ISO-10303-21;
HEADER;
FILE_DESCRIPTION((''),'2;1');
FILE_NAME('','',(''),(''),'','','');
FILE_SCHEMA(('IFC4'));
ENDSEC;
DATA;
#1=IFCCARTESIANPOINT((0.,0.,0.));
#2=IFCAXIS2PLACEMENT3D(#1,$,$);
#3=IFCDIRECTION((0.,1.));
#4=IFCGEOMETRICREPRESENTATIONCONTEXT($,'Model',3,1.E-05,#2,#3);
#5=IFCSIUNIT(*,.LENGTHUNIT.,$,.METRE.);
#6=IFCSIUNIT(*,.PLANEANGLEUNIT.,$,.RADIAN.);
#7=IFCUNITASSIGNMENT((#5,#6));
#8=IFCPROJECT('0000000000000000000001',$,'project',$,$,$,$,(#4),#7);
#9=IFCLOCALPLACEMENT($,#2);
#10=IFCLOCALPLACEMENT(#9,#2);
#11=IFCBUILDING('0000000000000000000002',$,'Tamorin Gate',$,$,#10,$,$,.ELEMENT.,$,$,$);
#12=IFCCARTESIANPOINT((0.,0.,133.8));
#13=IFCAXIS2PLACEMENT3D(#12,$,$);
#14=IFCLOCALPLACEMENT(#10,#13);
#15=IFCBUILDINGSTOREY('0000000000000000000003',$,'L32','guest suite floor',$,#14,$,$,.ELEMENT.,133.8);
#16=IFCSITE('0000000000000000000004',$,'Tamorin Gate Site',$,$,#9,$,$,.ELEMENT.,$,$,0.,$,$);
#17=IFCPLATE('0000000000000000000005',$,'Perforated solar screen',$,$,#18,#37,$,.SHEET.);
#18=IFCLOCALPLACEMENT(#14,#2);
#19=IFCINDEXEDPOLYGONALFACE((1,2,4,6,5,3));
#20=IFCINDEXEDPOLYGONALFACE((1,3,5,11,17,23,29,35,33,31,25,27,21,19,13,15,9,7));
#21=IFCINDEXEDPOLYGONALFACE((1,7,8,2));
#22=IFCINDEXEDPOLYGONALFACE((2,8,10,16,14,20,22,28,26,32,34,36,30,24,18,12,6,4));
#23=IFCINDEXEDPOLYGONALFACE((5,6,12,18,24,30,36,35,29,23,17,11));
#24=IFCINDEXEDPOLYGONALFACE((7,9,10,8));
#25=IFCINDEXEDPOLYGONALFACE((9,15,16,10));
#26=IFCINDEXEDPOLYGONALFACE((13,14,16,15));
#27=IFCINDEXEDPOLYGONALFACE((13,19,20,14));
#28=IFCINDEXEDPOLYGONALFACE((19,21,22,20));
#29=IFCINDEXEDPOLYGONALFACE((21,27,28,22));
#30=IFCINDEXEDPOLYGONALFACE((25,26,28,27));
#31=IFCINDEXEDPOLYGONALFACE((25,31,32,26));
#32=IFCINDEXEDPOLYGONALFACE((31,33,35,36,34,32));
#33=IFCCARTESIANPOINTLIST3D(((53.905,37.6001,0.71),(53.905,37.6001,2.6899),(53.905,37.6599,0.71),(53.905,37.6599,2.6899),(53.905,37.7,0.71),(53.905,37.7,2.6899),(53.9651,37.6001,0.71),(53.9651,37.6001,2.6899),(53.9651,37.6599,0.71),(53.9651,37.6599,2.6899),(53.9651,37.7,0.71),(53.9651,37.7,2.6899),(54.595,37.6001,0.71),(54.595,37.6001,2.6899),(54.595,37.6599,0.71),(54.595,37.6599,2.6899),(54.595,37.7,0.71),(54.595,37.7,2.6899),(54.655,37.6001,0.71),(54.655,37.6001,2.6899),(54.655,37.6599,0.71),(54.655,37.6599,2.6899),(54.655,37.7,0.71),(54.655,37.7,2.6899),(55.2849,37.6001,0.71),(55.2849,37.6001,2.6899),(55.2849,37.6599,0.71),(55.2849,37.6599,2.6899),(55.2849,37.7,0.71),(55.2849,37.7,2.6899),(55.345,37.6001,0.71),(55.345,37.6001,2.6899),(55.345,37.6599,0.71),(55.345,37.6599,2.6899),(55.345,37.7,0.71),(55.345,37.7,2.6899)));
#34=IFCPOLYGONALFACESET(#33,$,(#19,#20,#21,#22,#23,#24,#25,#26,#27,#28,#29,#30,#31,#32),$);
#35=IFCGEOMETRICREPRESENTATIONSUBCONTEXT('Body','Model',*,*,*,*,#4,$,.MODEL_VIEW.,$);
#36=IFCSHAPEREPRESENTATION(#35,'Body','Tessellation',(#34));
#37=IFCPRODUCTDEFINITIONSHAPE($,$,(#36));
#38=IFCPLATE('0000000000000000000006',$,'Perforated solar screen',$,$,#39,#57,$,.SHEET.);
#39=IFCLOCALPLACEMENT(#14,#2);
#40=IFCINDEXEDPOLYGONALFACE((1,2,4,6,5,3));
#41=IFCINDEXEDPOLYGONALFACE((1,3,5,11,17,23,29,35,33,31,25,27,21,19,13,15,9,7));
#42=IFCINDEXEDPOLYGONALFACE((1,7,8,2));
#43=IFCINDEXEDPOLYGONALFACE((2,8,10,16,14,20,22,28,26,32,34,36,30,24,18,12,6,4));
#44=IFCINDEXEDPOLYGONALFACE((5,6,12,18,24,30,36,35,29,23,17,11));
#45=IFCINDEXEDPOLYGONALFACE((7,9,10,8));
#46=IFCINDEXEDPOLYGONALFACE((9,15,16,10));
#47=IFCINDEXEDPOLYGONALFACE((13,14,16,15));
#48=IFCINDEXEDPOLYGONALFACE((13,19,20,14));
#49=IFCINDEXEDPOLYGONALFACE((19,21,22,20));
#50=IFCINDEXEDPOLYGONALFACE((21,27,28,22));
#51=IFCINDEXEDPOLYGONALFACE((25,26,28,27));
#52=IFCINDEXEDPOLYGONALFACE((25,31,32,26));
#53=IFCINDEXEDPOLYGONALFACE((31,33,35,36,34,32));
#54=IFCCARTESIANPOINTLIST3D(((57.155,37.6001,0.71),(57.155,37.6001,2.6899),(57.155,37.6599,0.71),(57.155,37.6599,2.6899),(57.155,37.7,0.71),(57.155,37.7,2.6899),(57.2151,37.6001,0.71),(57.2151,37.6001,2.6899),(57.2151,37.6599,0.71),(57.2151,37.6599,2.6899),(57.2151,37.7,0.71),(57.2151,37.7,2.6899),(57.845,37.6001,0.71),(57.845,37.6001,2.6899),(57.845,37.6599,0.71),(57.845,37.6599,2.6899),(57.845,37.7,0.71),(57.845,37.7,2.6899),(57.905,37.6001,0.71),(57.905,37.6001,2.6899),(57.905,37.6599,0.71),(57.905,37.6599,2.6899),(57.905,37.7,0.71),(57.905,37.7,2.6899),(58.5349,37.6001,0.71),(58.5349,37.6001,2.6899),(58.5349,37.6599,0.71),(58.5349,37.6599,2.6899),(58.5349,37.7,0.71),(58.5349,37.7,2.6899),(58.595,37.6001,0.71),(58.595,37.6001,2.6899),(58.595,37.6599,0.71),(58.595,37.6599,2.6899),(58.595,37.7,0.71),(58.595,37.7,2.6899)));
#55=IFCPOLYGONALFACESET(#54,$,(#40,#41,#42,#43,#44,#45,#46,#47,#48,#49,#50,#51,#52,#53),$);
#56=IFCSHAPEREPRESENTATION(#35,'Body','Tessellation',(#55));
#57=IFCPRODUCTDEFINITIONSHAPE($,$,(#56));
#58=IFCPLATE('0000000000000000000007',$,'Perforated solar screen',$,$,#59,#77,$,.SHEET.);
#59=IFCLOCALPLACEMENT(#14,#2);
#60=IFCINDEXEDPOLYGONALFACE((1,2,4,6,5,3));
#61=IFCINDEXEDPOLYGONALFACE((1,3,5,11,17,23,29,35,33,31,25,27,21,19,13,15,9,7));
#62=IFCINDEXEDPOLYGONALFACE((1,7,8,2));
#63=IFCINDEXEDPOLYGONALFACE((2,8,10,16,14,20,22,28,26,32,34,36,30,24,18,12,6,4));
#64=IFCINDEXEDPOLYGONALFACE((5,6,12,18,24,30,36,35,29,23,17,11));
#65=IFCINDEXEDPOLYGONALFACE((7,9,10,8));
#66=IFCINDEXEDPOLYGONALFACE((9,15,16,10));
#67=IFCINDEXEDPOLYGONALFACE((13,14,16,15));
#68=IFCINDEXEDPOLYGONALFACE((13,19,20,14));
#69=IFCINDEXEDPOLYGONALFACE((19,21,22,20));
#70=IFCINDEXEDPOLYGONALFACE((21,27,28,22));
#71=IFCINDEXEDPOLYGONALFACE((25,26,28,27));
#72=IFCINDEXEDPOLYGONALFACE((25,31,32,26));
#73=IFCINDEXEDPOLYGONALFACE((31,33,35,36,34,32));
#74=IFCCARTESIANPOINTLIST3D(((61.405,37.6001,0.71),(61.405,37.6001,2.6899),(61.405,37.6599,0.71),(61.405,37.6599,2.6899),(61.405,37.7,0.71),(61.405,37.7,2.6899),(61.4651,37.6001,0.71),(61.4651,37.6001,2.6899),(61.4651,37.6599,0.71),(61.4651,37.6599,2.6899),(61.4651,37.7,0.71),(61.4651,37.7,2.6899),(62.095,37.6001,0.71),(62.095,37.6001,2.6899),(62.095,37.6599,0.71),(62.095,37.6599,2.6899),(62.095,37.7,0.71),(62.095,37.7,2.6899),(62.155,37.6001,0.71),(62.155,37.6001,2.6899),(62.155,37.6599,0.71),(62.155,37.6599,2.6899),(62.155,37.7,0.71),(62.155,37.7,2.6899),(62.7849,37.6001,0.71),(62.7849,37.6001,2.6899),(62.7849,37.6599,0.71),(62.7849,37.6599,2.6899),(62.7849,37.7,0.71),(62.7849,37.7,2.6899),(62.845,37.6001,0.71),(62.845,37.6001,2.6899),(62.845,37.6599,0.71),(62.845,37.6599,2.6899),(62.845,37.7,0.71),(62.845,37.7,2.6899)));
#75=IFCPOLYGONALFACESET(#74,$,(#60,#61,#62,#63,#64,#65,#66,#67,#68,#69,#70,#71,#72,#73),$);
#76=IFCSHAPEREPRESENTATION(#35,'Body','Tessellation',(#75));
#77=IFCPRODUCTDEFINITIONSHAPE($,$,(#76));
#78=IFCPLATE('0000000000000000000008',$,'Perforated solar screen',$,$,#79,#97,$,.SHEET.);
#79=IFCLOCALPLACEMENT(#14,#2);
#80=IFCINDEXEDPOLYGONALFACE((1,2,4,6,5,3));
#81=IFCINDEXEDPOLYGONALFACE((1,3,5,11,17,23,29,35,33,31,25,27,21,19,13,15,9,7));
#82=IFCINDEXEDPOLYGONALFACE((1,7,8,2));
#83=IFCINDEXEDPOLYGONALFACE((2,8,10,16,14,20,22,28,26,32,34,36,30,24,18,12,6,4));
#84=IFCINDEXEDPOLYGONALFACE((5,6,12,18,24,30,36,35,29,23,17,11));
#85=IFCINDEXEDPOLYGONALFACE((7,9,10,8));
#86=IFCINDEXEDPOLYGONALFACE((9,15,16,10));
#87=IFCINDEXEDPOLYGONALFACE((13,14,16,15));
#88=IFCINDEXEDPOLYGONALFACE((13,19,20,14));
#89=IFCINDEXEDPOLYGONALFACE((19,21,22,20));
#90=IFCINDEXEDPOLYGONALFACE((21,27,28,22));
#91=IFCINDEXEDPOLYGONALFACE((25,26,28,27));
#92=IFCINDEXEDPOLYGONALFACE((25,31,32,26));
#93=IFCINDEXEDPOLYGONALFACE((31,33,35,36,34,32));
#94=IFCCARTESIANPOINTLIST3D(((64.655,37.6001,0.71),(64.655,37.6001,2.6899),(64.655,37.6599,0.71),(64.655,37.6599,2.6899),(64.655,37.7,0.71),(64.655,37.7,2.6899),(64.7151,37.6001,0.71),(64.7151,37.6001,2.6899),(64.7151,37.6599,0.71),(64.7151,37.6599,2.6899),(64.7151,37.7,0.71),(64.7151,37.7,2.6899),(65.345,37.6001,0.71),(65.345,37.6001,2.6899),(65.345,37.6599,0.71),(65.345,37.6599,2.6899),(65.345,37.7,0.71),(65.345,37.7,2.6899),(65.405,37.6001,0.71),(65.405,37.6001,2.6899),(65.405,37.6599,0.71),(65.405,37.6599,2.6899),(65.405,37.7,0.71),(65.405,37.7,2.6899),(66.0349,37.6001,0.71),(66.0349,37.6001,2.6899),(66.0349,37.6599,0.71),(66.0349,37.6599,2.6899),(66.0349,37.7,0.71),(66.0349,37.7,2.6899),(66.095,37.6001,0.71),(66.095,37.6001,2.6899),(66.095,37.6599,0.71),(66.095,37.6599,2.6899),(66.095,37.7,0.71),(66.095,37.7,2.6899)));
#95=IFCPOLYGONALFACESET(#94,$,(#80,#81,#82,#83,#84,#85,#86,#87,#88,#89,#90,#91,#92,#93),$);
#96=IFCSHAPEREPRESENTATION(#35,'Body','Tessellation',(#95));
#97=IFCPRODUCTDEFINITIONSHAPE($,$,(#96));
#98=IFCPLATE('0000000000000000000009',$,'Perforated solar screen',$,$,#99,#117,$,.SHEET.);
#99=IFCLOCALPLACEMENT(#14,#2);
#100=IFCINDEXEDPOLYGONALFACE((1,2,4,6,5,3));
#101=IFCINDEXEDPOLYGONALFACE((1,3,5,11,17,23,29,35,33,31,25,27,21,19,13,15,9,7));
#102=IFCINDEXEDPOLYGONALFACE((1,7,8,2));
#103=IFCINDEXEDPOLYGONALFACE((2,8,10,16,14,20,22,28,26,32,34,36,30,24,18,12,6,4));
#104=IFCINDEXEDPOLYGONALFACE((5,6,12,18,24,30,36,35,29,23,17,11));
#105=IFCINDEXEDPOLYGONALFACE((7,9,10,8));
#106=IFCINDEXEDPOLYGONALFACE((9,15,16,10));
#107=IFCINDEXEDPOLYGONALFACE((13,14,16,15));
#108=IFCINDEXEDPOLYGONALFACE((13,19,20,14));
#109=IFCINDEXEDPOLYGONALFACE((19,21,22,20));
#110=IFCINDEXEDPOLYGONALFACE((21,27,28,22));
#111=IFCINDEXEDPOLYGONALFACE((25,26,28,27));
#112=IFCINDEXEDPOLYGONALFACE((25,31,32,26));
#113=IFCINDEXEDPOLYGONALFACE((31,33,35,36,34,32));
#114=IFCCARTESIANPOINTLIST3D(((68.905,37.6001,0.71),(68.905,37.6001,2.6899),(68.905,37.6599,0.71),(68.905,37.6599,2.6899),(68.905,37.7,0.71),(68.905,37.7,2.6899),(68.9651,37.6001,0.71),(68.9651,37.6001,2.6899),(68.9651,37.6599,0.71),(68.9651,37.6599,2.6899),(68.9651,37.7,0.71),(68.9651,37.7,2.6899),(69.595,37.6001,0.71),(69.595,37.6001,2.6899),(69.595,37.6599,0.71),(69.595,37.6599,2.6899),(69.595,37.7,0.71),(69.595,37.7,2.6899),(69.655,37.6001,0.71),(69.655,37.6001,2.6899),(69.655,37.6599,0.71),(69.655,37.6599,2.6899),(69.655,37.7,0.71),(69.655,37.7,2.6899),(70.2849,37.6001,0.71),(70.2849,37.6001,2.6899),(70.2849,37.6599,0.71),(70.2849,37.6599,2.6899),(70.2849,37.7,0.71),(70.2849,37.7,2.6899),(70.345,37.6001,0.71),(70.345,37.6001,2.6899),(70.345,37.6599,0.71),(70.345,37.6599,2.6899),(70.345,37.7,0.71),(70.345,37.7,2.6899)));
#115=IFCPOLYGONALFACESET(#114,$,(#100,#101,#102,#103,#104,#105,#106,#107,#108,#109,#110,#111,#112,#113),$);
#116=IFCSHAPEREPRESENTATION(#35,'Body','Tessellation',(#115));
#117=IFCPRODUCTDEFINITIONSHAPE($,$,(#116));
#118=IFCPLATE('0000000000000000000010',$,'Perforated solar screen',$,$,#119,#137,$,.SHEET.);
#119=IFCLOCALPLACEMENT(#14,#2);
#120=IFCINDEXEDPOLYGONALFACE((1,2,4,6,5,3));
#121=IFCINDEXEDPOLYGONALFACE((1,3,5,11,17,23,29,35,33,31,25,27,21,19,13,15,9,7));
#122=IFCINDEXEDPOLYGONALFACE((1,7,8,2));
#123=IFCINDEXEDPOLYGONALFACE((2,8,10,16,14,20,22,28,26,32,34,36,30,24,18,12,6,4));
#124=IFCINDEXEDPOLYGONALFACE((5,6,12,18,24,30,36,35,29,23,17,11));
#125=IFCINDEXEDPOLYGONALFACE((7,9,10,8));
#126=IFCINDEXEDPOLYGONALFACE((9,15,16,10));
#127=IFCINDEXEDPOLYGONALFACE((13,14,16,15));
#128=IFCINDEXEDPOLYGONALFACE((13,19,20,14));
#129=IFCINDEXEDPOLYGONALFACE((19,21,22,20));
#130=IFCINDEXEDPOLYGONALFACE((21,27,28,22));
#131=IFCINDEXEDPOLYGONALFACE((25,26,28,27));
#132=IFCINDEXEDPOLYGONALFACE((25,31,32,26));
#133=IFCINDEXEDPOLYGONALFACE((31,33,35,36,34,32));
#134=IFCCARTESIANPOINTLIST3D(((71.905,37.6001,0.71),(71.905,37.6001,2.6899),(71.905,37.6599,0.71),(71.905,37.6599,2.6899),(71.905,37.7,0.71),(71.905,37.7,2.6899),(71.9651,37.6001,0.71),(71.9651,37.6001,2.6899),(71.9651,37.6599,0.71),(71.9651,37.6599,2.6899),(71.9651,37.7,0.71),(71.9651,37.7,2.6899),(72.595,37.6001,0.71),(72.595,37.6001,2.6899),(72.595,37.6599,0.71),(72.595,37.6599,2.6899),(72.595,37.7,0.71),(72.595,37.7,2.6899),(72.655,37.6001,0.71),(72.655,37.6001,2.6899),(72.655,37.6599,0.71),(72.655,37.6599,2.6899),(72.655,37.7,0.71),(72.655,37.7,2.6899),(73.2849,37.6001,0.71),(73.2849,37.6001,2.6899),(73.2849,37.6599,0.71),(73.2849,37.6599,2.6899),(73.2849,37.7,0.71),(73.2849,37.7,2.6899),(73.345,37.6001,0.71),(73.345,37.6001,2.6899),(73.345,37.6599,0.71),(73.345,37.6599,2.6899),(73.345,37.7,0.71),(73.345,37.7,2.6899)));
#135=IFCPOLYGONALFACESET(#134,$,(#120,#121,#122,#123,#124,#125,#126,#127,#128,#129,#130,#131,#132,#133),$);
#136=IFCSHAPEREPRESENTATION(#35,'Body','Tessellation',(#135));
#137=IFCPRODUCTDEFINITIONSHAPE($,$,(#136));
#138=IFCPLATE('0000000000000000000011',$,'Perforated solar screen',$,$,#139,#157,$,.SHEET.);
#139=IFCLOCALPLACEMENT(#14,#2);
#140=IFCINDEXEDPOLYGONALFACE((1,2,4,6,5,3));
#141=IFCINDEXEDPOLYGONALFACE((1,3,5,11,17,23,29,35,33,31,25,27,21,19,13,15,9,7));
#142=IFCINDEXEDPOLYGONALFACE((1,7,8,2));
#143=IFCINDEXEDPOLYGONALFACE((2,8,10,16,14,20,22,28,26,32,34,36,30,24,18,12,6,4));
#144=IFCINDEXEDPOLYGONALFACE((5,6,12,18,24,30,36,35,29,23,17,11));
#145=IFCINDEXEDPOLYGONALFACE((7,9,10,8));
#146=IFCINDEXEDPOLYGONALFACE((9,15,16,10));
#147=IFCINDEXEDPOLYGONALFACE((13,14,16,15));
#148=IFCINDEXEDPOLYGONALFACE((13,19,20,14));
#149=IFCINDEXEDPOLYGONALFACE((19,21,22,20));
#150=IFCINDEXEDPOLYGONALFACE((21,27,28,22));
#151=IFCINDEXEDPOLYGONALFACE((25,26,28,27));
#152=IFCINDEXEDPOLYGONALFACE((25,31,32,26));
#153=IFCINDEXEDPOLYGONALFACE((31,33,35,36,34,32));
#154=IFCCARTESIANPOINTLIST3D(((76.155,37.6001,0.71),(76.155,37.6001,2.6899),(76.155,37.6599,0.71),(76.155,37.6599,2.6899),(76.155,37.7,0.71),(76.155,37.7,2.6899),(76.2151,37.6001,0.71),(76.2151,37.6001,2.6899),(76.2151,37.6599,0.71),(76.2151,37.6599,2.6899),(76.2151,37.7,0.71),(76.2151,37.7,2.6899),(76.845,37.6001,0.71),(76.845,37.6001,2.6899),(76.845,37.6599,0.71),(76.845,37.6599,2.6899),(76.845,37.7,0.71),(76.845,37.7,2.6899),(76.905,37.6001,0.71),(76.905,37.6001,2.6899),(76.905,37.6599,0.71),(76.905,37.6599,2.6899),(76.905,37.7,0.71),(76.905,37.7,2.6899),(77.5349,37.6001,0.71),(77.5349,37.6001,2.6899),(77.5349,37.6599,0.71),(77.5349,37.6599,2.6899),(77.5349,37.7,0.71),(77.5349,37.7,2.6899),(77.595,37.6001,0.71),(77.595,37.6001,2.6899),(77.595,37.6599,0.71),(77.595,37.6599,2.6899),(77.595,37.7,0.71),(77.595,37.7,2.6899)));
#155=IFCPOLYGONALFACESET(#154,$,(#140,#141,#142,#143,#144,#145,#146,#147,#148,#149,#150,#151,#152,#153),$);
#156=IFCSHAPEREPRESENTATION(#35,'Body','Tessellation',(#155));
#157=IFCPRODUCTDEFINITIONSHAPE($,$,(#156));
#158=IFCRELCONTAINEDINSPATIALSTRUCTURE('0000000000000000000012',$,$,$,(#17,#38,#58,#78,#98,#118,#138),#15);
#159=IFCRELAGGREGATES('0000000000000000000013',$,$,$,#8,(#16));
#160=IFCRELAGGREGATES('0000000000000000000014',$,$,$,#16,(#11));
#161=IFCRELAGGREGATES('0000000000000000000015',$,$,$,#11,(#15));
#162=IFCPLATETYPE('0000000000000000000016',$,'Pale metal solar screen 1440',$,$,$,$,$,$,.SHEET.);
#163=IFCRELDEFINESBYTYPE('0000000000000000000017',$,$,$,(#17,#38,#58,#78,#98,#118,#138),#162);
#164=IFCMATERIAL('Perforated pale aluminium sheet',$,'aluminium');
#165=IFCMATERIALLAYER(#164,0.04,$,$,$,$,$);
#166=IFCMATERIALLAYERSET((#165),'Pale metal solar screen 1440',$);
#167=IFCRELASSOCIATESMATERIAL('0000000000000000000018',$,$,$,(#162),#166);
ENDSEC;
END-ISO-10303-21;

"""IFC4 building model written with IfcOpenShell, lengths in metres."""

from ifc_helpers import new_model, si_unit, direction, frame, origin, place, context, subcontext, project, spatial, polyline, outline, extrude, material, layer, layer_set, type_object, element, save


model = new_model("IFC4")

# Units and contexts
model_context = context("Model", 3, precision=1e-05, world=origin(), true_north=direction((0.0, 1.0)))
body_context = subcontext(model_context, "Body", "Model", "MODEL_VIEW")
ifc_project = project(units=[si_unit("LENGTHUNIT", "METRE"), si_unit("PLANEANGLEUNIT", "RADIAN")], contexts=[model_context])

# Site, building, storey
site_placement = place(None, origin())
site = spatial("IfcSite", under=ifc_project, at=site_placement, Name="Tamorin Gate Site", CompositionType="ELEMENT", RefElevation=0.0)
building_placement = place(site_placement, origin())
building = spatial("IfcBuilding", under=site, at=building_placement, Name="Tamorin Gate", CompositionType="ELEMENT")
storey_placement = place(building_placement, frame((0.0, 0.0, 133.8)))
storey = spatial("IfcBuildingStorey", under=building, at=storey_placement, Name="L32", Description="guest suite floor", CompositionType="ELEMENT", Elevation=133.8)

# Plates
ifc_material_1 = material(Name="Perforated pale aluminium sheet", Category="aluminium")
ifc_layer_1 = layer(ifc_material_1, 0.04)
ifc_layer_set_1 = layer_set([ifc_layer_1], Name="Pale metal solar screen 1440")
plate_type_1 = type_object("IfcPlateType", Name="Pale metal solar screen 1440", PredefinedType="SHEET", material=ifc_layer_set_1)
plate_1_placement = place(storey_placement, frame((0.0, 0.0, 0.71)))
element("IfcPlate", 1, at=plate_1_placement, inside=storey, type_object=plate_type_1, Name="Perforated solar screen", PredefinedType="SHEET", context=body_context, shape_type="SweptSolid", body=[
    extrude(outline(polyline([(53.905, 37.6599), (53.905, 37.7), (53.9651, 37.7), (54.595, 37.7), (54.655, 37.7), (55.2849, 37.7), (55.345, 37.7), (55.345, 37.6599), (55.345, 37.6001), (55.2849, 37.6001), (55.2849, 37.6599), (54.655, 37.6599), (54.655, 37.6001), (54.595, 37.6001), (54.595, 37.6599), (53.9651, 37.6599), (53.9651, 37.6001), (53.905, 37.6001), (53.905, 37.6599)])), origin(), (0.0, 0.0, 1.0), 1.98),
])
plate_2_placement = place(storey_placement, frame((0.0, 0.0, 0.71)))
element("IfcPlate", 2, at=plate_2_placement, inside=storey, type_object=plate_type_1, Name="Perforated solar screen", PredefinedType="SHEET", context=body_context, shape_type="SweptSolid", body=[
    extrude(outline(polyline([(57.155, 37.6599), (57.155, 37.7), (57.2151, 37.7), (57.845, 37.7), (57.905, 37.7), (58.5349, 37.7), (58.595, 37.7), (58.595, 37.6599), (58.595, 37.6001), (58.5349, 37.6001), (58.5349, 37.6599), (57.905, 37.6599), (57.905, 37.6001), (57.845, 37.6001), (57.845, 37.6599), (57.2151, 37.6599), (57.2151, 37.6001), (57.155, 37.6001), (57.155, 37.6599)])), origin(), (0.0, 0.0, 1.0), 1.98),
])
plate_3_placement = place(storey_placement, frame((0.0, 0.0, 0.71)))
element("IfcPlate", 3, at=plate_3_placement, inside=storey, type_object=plate_type_1, Name="Perforated solar screen", PredefinedType="SHEET", context=body_context, shape_type="SweptSolid", body=[
    extrude(outline(polyline([(61.405, 37.6599), (61.405, 37.7), (61.4651, 37.7), (62.095, 37.7), (62.155, 37.7), (62.7849, 37.7), (62.845, 37.7), (62.845, 37.6599), (62.845, 37.6001), (62.7849, 37.6001), (62.7849, 37.6599), (62.155, 37.6599), (62.155, 37.6001), (62.095, 37.6001), (62.095, 37.6599), (61.4651, 37.6599), (61.4651, 37.6001), (61.405, 37.6001), (61.405, 37.6599)])), origin(), (0.0, 0.0, 1.0), 1.98),
])
plate_4_placement = place(storey_placement, frame((0.0, 0.0, 0.71)))
element("IfcPlate", 4, at=plate_4_placement, inside=storey, type_object=plate_type_1, Name="Perforated solar screen", PredefinedType="SHEET", context=body_context, shape_type="SweptSolid", body=[
    extrude(outline(polyline([(64.655, 37.6599), (64.655, 37.7), (64.7151, 37.7), (65.345, 37.7), (65.405, 37.7), (66.0349, 37.7), (66.095, 37.7), (66.095, 37.6599), (66.095, 37.6001), (66.0349, 37.6001), (66.0349, 37.6599), (65.405, 37.6599), (65.405, 37.6001), (65.345, 37.6001), (65.345, 37.6599), (64.7151, 37.6599), (64.7151, 37.6001), (64.655, 37.6001), (64.655, 37.6599)])), origin(), (0.0, 0.0, 1.0), 1.98),
])
plate_5_placement = place(storey_placement, frame((0.0, 0.0, 0.71)))
element("IfcPlate", 5, at=plate_5_placement, inside=storey, type_object=plate_type_1, Name="Perforated solar screen", PredefinedType="SHEET", context=body_context, shape_type="SweptSolid", body=[
    extrude(outline(polyline([(68.905, 37.6599), (68.905, 37.7), (68.9651, 37.7), (69.595, 37.7), (69.655, 37.7), (70.2849, 37.7), (70.345, 37.7), (70.345, 37.6599), (70.345, 37.6001), (70.2849, 37.6001), (70.2849, 37.6599), (69.655, 37.6599), (69.655, 37.6001), (69.595, 37.6001), (69.595, 37.6599), (68.9651, 37.6599), (68.9651, 37.6001), (68.905, 37.6001), (68.905, 37.6599)])), origin(), (0.0, 0.0, 1.0), 1.98),
])
plate_6_placement = place(storey_placement, frame((0.0, 0.0, 0.71)))
element("IfcPlate", 6, at=plate_6_placement, inside=storey, type_object=plate_type_1, Name="Perforated solar screen", PredefinedType="SHEET", context=body_context, shape_type="SweptSolid", body=[
    extrude(outline(polyline([(71.905, 37.6599), (71.905, 37.7), (71.9651, 37.7), (72.595, 37.7), (72.655, 37.7), (73.2849, 37.7), (73.345, 37.7), (73.345, 37.6599), (73.345, 37.6001), (73.2849, 37.6001), (73.2849, 37.6599), (72.655, 37.6599), (72.655, 37.6001), (72.595, 37.6001), (72.595, 37.6599), (71.9651, 37.6599), (71.9651, 37.6001), (71.905, 37.6001), (71.905, 37.6599)])), origin(), (0.0, 0.0, 1.0), 1.98),
])
plate_7_placement = place(storey_placement, frame((0.0, 0.0, 0.71)))
element("IfcPlate", 7, at=plate_7_placement, inside=storey, type_object=plate_type_1, Name="Perforated solar screen", PredefinedType="SHEET", context=body_context, shape_type="SweptSolid", body=[
    extrude(outline(polyline([(76.155, 37.6599), (76.155, 37.7), (76.2151, 37.7), (76.845, 37.7), (76.905, 37.7), (77.5349, 37.7), (77.595, 37.7), (77.595, 37.6599), (77.595, 37.6001), (77.5349, 37.6001), (77.5349, 37.6599), (76.905, 37.6599), (76.905, 37.6001), (76.845, 37.6001), (76.845, 37.6599), (76.2151, 37.6599), (76.2151, 37.6001), (76.155, 37.6001), (76.155, 37.6599)])), origin(), (0.0, 0.0, 1.0), 1.98),
])

save(model, "model.ifc")
